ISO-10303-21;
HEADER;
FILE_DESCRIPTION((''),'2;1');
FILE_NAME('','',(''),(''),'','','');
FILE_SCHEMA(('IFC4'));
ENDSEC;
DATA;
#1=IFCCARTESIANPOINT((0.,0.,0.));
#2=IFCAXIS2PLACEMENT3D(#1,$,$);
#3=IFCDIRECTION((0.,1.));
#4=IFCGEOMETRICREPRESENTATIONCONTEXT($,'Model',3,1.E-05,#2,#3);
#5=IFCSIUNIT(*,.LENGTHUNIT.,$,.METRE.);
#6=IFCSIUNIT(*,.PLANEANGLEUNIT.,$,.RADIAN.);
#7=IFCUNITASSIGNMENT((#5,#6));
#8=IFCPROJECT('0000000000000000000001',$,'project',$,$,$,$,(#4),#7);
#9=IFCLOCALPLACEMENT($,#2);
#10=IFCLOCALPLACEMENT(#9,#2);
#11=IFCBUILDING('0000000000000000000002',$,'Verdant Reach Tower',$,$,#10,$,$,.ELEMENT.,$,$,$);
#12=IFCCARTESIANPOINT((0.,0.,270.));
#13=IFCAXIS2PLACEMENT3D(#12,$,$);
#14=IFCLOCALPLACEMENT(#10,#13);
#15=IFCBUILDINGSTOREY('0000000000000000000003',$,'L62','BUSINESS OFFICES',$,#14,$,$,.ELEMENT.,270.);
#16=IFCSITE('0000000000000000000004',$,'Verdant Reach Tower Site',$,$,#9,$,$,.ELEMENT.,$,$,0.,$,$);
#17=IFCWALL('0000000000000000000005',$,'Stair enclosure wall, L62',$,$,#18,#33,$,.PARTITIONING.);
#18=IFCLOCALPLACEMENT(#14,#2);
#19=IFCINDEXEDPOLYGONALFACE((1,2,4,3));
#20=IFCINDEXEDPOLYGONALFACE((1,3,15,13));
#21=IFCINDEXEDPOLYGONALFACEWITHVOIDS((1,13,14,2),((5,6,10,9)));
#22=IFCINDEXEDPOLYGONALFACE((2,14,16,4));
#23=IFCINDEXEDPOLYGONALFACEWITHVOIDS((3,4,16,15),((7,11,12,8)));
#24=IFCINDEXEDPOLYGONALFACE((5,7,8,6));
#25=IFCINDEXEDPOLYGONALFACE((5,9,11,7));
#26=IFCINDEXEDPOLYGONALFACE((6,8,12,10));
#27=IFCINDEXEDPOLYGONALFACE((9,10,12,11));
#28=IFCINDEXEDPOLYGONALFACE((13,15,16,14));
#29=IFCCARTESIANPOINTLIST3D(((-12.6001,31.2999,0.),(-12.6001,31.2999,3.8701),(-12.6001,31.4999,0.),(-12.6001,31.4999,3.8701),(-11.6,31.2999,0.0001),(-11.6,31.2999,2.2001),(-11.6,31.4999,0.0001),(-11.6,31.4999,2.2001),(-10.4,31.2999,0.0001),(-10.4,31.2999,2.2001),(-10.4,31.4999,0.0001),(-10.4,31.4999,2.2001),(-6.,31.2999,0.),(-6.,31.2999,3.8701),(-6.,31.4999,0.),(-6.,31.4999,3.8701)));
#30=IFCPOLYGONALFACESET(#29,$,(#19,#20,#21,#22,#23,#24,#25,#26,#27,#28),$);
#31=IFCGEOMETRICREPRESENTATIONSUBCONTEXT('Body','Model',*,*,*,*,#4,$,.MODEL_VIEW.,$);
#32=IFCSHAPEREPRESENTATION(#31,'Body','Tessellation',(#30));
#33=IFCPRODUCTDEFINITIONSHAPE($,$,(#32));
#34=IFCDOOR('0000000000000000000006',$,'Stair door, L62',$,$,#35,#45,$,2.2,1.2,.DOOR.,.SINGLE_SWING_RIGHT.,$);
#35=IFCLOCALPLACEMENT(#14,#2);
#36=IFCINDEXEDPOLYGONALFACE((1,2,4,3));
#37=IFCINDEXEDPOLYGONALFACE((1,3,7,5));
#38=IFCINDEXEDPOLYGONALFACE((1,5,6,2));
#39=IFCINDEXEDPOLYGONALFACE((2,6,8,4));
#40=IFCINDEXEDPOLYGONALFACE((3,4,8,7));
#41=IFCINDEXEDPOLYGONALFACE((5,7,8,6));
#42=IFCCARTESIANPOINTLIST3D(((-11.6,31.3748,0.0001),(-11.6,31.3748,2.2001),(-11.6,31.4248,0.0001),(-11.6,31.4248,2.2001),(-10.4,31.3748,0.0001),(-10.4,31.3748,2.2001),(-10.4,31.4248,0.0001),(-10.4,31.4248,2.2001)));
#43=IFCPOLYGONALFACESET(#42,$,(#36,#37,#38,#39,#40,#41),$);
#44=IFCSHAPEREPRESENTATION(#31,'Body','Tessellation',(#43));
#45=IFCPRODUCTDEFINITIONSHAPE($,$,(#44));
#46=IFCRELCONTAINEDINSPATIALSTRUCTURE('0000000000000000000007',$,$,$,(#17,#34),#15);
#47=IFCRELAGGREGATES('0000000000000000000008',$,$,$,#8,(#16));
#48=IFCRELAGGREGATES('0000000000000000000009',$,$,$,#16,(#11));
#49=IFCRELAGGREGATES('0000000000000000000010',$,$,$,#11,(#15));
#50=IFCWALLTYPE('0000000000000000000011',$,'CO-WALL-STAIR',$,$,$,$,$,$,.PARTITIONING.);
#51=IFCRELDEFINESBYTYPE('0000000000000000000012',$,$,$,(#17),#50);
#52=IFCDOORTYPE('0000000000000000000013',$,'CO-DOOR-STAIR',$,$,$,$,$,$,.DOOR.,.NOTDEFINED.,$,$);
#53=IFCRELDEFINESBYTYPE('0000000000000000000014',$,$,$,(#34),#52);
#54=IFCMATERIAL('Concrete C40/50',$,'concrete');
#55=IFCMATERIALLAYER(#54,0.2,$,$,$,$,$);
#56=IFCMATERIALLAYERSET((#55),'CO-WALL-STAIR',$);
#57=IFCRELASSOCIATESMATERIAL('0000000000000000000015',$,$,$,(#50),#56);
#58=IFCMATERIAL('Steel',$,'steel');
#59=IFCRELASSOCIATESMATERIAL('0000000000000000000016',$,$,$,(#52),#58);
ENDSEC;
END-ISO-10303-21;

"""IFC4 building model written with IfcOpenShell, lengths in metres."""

from ifc_helpers import new_model, si_unit, direction, frame, frame_2d, origin, place, context, subcontext, project, spatial, rectangle, extrude, material, layer, layer_set, type_object, element, fill, save


model = new_model("IFC4")

# Units and contexts
model_context = context("Model", 3, precision=1e-05, world=origin(), true_north=direction((0.0, 1.0)))
body_context = subcontext(model_context, "Body", "Model", "MODEL_VIEW")
ifc_project = project(units=[si_unit("LENGTHUNIT", "METRE"), si_unit("PLANEANGLEUNIT", "RADIAN")], contexts=[model_context])

# Site, building, storey
site_placement = place(None, origin())
site = spatial("IfcSite", under=ifc_project, at=site_placement, Name="Verdant Reach Tower Site", CompositionType="ELEMENT", RefElevation=0.0)
building_placement = place(site_placement, origin())
building = spatial("IfcBuilding", under=site, at=building_placement, Name="Verdant Reach Tower", CompositionType="ELEMENT")
storey_placement = place(building_placement, frame((0.0, 0.0, 270.0)))
storey = spatial("IfcBuildingStorey", under=building, at=storey_placement, Name="L62", Description="BUSINESS OFFICES", CompositionType="ELEMENT", Elevation=270.0)

# Shared definitions
ifc_material_1 = material(Name="Concrete C40/50", Category="concrete")
ifc_material_2 = material(Name="Steel", Category="steel")

# Wall, opening, door
ifc_layer_1 = layer(ifc_material_1, 0.2)
ifc_layer_set_1 = layer_set([ifc_layer_1], Name="CO-WALL-STAIR")
wall_type_1 = type_object("IfcWallType", Name="CO-WALL-STAIR", PredefinedType="PARTITIONING", material=ifc_layer_set_1)
wall_1_placement = place(storey_placement, frame((-12.6001, 31.3999, 0.0), z_axis=(0.0, 0.0, 1.0), x_axis=(1.0, 0.0, 0.0)))
wall_1 = element("IfcWall", 1, at=wall_1_placement, inside=storey, type_object=wall_type_1, Name="Stair enclosure wall, L62", PredefinedType="PARTITIONING", context=body_context, shape_type="SweptSolid", body=[
    extrude(rectangle(XDim=6.6001, YDim=0.2, at=frame_2d((3.3, 0.0))), origin(), (0.0, 0.0, 1.0), 3.8701),
])
opening_1_placement = place(wall_1_placement, frame((1.0, 0.0, 0.0)))
opening_1 = element("IfcOpeningElement", 2, at=opening_1_placement, cuts=wall_1, PredefinedType="OPENING", context=body_context, shape_type="SweptSolid", body=[
    extrude(rectangle(XDim=1.2, YDim=2.2, at=frame_2d((0.6001, 1.1001))), frame((0.0, 0.1099, 0.0), z_axis=(0.0, -1.0, 0.0), x_axis=(1.0, 0.0, 0.0)), (0.0, 0.0, 1.0), 0.22),
])
door_type_1 = type_object("IfcDoorType", Name="CO-DOOR-STAIR", OperationType="NOTDEFINED", PredefinedType="DOOR", material=ifc_material_2)
door_1_placement = place(opening_1_placement, origin())
door_1 = element("IfcDoor", 3, at=door_1_placement, inside=storey, type_object=door_type_1, Name="Stair door, L62", OperationType="SINGLE_SWING_RIGHT", OverallHeight=2.2, OverallWidth=1.2, PredefinedType="DOOR", context=body_context, shape_type="SweptSolid", body=[
    extrude(rectangle(XDim=1.2, YDim=2.2, at=frame_2d((0.6001, 1.1001))), frame((0.0, 0.0249, 0.0), z_axis=(0.0, -1.0, 0.0), x_axis=(1.0, 0.0, 0.0)), (0.0, 0.0, 1.0), 0.05),
])
fill(opening_1, door_1)

save(model, "model.ifc")
